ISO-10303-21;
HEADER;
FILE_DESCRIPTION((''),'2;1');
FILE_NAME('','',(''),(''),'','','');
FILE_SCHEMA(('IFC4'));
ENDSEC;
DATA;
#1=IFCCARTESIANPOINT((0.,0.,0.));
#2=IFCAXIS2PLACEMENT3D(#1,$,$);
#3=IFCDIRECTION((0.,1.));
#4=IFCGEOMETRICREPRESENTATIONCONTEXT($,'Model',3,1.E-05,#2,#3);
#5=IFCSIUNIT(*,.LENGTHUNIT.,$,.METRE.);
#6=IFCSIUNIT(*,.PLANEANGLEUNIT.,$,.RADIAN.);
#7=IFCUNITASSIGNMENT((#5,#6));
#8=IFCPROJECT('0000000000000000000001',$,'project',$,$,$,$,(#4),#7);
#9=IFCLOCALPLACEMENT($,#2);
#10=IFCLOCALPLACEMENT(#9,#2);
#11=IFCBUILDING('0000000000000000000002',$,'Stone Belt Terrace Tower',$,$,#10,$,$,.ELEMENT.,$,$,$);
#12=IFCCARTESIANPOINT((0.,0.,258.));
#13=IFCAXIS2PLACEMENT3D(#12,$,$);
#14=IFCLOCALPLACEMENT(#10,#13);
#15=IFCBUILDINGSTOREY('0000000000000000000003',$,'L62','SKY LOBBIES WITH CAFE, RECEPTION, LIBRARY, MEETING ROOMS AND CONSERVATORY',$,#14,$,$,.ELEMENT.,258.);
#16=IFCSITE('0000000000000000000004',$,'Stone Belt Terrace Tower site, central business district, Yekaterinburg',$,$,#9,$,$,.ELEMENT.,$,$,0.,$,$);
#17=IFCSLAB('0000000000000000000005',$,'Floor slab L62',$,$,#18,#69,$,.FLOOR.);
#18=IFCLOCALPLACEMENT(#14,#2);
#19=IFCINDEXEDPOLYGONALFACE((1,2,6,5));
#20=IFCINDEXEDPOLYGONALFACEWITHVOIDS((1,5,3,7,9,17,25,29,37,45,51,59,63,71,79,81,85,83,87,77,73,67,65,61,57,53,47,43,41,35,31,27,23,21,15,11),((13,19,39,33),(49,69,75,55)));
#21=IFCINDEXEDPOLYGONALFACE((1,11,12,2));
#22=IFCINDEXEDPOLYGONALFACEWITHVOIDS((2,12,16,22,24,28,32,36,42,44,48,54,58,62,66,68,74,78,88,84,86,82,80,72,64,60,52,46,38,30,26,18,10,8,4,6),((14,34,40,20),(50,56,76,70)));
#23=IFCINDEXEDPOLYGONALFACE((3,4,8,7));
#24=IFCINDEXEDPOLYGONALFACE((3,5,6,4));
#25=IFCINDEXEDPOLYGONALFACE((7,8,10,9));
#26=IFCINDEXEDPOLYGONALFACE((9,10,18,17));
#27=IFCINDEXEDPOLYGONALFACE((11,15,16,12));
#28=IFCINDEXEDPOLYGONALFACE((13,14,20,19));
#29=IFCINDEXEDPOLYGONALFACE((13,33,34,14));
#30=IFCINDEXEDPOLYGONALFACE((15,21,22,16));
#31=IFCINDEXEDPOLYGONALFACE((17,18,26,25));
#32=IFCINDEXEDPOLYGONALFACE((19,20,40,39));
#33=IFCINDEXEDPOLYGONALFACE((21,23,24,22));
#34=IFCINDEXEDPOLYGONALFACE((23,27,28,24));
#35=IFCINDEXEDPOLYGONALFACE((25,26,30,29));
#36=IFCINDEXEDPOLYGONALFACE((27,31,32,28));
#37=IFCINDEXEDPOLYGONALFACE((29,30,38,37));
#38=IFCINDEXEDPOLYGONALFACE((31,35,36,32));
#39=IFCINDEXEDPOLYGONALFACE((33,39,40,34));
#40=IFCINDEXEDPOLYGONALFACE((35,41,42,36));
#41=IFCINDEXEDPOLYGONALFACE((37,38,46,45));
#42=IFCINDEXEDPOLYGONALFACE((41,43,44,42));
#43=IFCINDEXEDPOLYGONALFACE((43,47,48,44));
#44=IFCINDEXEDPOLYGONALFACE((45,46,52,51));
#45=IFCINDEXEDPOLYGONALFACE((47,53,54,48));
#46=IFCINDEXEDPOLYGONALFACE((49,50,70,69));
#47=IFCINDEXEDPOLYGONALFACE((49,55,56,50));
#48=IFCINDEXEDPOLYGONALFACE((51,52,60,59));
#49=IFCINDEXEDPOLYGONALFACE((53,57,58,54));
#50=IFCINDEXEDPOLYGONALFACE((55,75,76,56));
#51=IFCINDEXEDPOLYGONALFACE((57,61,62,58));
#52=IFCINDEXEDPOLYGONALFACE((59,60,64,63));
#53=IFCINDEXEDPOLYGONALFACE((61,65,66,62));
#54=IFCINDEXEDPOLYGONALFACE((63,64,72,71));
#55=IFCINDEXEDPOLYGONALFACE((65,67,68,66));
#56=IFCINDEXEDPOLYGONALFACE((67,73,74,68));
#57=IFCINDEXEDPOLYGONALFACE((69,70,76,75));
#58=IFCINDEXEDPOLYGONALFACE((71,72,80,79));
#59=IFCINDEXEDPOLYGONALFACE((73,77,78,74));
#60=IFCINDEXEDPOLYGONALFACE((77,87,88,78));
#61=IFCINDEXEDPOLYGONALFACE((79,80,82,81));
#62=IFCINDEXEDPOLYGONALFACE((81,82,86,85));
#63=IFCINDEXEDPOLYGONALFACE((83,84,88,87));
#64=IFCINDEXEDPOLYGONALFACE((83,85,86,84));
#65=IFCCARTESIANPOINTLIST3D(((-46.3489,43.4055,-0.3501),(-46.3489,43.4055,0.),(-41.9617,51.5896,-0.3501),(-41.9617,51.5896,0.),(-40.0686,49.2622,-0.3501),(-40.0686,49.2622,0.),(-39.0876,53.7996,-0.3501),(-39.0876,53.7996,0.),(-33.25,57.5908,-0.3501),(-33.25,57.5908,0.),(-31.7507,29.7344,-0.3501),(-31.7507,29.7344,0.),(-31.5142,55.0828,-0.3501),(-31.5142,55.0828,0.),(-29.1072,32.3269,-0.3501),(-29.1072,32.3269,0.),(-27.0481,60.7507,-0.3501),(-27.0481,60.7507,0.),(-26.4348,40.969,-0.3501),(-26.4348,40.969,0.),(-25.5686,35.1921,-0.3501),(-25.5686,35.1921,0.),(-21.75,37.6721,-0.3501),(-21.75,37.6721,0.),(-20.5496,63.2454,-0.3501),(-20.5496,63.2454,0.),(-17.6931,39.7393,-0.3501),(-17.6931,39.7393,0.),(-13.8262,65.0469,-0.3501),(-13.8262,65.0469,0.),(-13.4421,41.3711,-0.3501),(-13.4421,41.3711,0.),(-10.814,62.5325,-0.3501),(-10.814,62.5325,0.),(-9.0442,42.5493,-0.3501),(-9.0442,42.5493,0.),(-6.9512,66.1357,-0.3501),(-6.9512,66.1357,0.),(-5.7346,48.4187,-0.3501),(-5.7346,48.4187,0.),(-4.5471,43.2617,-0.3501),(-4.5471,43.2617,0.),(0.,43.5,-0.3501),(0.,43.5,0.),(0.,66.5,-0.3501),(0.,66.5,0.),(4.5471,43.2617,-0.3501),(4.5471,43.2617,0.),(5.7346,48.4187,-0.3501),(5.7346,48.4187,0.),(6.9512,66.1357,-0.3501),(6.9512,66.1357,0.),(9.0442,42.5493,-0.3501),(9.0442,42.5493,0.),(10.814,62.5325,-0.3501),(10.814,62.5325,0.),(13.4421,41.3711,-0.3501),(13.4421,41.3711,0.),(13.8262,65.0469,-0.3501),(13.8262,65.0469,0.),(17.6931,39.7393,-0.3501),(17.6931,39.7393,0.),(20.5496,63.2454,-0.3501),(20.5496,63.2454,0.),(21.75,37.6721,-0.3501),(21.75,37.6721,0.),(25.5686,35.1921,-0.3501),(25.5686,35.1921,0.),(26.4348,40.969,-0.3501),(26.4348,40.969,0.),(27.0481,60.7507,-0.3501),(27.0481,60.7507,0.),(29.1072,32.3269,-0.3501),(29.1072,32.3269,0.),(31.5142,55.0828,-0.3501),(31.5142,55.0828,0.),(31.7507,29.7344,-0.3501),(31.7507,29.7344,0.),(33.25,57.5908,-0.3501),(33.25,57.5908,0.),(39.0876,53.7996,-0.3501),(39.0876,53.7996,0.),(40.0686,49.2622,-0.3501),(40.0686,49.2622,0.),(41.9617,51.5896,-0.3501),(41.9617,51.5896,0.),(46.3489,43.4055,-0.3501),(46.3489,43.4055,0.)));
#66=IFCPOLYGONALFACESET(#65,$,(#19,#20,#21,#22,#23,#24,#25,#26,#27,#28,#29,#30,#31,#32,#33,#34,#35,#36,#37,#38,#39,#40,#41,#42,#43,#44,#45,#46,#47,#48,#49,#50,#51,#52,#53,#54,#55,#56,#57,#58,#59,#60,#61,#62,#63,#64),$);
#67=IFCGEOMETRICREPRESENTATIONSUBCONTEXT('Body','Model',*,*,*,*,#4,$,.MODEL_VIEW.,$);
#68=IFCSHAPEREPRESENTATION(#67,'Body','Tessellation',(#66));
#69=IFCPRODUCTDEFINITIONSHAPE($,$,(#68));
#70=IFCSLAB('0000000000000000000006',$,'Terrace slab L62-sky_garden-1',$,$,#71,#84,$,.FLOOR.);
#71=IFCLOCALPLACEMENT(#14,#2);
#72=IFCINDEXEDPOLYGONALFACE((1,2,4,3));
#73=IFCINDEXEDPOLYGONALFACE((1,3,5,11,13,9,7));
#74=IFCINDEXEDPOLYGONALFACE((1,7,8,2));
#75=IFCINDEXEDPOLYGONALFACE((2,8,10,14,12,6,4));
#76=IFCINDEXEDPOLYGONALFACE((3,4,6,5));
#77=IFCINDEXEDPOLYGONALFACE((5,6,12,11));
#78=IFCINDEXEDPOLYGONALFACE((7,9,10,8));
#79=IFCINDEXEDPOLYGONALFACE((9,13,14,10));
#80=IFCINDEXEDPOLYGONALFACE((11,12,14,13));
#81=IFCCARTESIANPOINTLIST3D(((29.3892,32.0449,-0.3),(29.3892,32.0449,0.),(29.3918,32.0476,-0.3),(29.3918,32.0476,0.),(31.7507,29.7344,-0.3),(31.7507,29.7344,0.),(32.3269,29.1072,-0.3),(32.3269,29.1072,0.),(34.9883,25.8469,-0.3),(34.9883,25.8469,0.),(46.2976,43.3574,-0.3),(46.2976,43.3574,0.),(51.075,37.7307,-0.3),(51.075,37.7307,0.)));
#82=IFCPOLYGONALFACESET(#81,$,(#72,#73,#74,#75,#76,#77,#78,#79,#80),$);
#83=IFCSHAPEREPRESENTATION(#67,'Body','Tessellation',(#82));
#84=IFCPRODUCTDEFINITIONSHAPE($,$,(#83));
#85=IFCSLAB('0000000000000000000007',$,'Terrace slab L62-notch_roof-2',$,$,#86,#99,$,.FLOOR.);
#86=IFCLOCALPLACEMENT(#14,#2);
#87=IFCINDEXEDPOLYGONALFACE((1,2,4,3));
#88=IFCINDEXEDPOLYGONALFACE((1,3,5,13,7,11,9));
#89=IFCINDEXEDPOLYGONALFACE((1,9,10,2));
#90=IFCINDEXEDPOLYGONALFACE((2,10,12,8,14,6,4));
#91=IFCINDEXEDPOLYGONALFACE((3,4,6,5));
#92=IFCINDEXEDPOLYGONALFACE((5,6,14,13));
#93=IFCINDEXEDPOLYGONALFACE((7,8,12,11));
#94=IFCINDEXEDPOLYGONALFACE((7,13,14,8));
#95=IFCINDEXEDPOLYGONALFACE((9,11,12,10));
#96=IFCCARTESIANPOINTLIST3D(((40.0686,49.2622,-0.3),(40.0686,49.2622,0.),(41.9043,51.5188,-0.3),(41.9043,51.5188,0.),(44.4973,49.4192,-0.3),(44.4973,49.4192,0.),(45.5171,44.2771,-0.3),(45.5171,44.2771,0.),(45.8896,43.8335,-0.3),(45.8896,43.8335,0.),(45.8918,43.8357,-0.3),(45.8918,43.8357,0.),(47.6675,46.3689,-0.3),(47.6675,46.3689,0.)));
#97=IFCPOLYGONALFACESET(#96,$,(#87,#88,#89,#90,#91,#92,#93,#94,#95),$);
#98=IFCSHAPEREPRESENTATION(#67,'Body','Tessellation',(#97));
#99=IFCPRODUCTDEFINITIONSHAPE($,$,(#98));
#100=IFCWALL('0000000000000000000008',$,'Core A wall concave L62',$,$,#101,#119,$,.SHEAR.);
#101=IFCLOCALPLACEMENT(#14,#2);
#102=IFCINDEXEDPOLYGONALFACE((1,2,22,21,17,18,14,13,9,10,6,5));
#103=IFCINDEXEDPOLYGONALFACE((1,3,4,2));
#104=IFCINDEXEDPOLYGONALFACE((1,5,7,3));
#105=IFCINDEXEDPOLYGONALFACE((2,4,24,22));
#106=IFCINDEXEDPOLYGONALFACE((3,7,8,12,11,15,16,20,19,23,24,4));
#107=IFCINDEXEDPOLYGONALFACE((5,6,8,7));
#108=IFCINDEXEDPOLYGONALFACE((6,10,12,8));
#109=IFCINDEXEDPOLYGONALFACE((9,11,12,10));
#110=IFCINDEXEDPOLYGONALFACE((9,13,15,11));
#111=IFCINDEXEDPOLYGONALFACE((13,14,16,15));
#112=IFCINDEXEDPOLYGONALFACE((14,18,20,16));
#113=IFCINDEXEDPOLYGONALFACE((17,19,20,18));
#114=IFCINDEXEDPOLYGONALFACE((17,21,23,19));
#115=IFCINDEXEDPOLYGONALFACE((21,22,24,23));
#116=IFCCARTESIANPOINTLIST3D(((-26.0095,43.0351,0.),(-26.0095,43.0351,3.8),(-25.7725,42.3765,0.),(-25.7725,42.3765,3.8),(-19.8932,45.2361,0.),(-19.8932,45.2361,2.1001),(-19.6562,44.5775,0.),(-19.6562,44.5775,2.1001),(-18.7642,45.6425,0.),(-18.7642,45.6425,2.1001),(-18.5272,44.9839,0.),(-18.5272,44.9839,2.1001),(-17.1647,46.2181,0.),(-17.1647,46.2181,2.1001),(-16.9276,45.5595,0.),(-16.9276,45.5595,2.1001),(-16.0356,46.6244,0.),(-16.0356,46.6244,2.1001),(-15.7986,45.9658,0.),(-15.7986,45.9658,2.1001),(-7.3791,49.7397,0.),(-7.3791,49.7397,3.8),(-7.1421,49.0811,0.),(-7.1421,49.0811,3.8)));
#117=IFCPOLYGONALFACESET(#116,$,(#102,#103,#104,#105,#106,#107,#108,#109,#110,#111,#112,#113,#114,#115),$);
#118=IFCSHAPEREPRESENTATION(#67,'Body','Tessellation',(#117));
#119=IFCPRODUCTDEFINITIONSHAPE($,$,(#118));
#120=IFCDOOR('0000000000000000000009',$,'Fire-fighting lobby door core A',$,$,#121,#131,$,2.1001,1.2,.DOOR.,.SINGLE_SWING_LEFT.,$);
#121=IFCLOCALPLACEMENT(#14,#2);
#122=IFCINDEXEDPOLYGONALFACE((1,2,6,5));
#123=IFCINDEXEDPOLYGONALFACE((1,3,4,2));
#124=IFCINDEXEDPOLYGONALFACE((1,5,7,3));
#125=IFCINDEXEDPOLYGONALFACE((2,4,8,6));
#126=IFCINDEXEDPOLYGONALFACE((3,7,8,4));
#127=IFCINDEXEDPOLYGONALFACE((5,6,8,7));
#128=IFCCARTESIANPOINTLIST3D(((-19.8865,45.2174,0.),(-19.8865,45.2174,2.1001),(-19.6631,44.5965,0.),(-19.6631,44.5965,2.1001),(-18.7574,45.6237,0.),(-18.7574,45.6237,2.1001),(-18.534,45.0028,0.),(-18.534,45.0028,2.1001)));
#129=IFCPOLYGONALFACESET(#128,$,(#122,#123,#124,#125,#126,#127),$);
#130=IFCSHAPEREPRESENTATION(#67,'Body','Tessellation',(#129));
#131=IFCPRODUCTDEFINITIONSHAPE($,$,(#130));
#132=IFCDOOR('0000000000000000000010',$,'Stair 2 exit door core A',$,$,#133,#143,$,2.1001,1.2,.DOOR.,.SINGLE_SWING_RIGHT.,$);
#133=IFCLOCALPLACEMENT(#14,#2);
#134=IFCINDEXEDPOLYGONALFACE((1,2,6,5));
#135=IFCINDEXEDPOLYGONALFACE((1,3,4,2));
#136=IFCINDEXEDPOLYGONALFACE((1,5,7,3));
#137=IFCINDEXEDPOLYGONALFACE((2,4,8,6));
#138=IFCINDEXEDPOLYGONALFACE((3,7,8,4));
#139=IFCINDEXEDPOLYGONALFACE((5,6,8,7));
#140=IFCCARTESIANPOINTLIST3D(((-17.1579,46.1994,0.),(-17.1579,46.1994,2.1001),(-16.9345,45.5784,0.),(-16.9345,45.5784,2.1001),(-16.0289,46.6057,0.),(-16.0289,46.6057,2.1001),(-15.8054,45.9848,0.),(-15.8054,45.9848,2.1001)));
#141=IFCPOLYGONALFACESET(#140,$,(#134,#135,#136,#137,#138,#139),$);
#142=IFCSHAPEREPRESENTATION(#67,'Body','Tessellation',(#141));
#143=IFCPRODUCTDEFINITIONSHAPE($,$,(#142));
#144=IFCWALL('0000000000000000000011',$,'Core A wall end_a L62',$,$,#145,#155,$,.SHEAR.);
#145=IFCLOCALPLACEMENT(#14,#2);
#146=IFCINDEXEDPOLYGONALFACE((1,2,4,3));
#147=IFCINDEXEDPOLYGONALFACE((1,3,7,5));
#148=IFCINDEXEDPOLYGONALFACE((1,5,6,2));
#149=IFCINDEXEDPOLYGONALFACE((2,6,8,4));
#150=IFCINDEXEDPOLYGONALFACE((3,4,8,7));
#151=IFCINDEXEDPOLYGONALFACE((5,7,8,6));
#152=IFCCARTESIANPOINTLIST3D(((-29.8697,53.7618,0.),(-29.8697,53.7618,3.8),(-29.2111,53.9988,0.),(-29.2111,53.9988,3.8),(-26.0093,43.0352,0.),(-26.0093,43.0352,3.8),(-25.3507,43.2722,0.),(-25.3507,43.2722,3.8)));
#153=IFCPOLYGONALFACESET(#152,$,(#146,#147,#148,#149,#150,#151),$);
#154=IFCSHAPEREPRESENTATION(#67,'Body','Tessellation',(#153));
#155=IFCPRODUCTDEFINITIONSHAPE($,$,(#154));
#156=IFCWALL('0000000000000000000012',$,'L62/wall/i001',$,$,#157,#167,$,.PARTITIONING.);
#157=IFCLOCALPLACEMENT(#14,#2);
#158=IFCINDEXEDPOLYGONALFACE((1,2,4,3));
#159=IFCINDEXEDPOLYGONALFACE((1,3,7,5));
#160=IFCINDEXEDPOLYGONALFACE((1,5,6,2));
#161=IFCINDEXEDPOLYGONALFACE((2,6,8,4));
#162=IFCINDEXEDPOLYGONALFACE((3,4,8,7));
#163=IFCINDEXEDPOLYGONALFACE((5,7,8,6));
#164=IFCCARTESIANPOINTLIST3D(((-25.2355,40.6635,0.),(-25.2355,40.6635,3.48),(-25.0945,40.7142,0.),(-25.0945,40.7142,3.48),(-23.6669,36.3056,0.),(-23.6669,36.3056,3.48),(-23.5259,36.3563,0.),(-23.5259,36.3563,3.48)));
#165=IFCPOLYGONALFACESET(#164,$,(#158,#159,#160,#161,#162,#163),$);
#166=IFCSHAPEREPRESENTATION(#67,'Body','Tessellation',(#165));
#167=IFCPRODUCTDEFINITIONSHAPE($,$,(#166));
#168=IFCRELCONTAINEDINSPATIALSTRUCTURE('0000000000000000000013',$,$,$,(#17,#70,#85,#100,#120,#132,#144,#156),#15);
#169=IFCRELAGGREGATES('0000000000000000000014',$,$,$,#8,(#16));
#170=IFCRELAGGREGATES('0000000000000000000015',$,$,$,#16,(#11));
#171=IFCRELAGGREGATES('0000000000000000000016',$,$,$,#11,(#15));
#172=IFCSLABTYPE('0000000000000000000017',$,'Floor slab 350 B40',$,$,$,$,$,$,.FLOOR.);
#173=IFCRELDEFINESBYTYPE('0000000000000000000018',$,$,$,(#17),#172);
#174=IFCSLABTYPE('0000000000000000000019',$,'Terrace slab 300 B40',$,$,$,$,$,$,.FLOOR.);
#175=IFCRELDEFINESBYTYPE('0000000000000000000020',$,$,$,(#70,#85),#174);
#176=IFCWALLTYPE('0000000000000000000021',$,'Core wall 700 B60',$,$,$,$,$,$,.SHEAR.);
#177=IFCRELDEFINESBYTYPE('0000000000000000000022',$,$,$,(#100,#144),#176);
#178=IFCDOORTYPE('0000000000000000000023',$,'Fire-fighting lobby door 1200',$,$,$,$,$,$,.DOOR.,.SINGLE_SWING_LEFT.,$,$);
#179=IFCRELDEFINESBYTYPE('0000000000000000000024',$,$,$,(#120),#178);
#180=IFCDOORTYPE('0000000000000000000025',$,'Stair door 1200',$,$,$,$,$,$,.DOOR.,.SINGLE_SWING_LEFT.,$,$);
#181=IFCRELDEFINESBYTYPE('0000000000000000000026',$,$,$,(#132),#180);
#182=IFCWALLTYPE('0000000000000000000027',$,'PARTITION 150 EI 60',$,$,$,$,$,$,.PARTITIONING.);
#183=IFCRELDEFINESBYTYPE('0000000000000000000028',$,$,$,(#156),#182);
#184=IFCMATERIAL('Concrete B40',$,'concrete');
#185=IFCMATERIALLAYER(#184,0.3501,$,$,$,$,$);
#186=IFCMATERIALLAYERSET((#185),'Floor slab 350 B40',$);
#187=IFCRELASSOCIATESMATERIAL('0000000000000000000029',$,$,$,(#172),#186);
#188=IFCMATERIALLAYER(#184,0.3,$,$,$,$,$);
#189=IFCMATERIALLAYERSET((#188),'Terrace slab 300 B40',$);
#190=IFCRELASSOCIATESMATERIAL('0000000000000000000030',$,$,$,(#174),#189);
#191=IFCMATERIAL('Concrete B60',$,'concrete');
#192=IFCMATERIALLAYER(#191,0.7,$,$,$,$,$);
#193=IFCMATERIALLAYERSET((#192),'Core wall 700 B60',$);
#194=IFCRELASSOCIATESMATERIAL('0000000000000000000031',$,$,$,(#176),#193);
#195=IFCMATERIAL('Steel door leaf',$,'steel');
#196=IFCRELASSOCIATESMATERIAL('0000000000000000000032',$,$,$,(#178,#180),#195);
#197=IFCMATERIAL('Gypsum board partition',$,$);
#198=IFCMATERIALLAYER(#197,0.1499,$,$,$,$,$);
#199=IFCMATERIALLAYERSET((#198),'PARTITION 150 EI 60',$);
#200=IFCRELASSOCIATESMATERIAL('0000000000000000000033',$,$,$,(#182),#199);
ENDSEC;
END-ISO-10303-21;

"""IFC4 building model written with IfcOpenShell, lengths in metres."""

from ifc_helpers import new_model, si_unit, direction, frame, frame_2d, origin, place, context, subcontext, project, spatial, polyline, rectangle, outline, extrude, material, layer, layer_set, type_object, element, fill, save


model = new_model("IFC4")

# Units and contexts
model_context = context("Model", 3, precision=1e-05, world=origin(), true_north=direction((0.0, 1.0)))
body_context = subcontext(model_context, "Body", "Model", "MODEL_VIEW")
ifc_project = project(units=[si_unit("LENGTHUNIT", "METRE"), si_unit("PLANEANGLEUNIT", "RADIAN")], contexts=[model_context])

# Site, building, storey
site_placement = place(None, origin())
site = spatial("IfcSite", under=ifc_project, at=site_placement, Name="Stone Belt Terrace Tower site, central business district, Yekaterinburg", CompositionType="ELEMENT", RefElevation=0.0)
building_placement = place(site_placement, origin())
building = spatial("IfcBuilding", under=site, at=building_placement, Name="Stone Belt Terrace Tower", CompositionType="ELEMENT")
storey_placement = place(building_placement, frame((0.0, 0.0, 258.0)))
storey = spatial("IfcBuildingStorey", under=building, at=storey_placement, Name="L62", Description="SKY LOBBIES WITH CAFE, RECEPTION, LIBRARY, MEETING ROOMS AND CONSERVATORY", CompositionType="ELEMENT", Elevation=258.0)

# Shared definitions
ifc_material_1 = material(Name="Concrete B60", Category="concrete")

# Slabs
ifc_material_2 = material(Name="Concrete B40", Category="concrete")
ifc_layer_1 = layer(ifc_material_2, 0.3501)
ifc_layer_set_1 = layer_set([ifc_layer_1], Name="Floor slab 350 B40")
slab_type_1 = type_object("IfcSlabType", Name="Floor slab 350 B40", PredefinedType="FLOOR", material=ifc_layer_set_1)
slab_1_placement = place(storey_placement, frame((0.0, 0.0, -0.3501)))
element("IfcSlab", 1, at=slab_1_placement, inside=storey, type_object=slab_type_1, Name="Floor slab L62", PredefinedType="FLOOR", context=body_context, shape_type="SweptSolid", body=[
    extrude(outline(polyline([(-40.0686, 49.2622), (-41.9617, 51.5896), (-39.0876, 53.7996), (-33.25, 57.5908), (-27.0481, 60.7507), (-20.5496, 63.2454), (-13.8262, 65.0469), (-6.9512, 66.1357), (0.0, 66.5), (6.9512, 66.1357), (13.8262, 65.0469), (20.5496, 63.2454), (27.0481, 60.7507), (33.25, 57.5908), (39.0876, 53.7996), (41.9617, 51.5896), (40.0686, 49.2622), (46.3489, 43.4055), (31.7507, 29.7344), (29.1072, 32.3269), (25.5686, 35.1921), (21.75, 37.6721), (17.6931, 39.7393), (13.4421, 41.3711), (9.0442, 42.5493), (4.5471, 43.2617), (0.0, 43.5), (-4.5471, 43.2617), (-9.0442, 42.5493), (-13.4421, 41.3711), (-17.6931, 39.7393), (-21.75, 37.6721), (-25.5686, 35.1921), (-29.1072, 32.3269), (-31.7507, 29.7344), (-46.3489, 43.4055), (-40.0686, 49.2622)]), holes=[polyline([(-10.814, 62.5325), (-31.5142, 55.0828), (-26.4348, 40.969), (-5.7346, 48.4187), (-10.814, 62.5325)]), polyline([(26.4348, 40.969), (31.5142, 55.0828), (10.814, 62.5325), (5.7346, 48.4187), (26.4348, 40.969)])]), origin(), (0.0, 0.0, 1.0), 0.3501),
])
ifc_layer_2 = layer(ifc_material_2, 0.3)
ifc_layer_set_2 = layer_set([ifc_layer_2], Name="Terrace slab 300 B40")
slab_type_2 = type_object("IfcSlabType", Name="Terrace slab 300 B40", PredefinedType="FLOOR", material=ifc_layer_set_2)
slab_2_placement = place(storey_placement, frame((0.0, 0.0, -0.3)))
element("IfcSlab", 2, at=slab_2_placement, inside=storey, type_object=slab_type_2, Name="Terrace slab L62-sky_garden-1", PredefinedType="FLOOR", context=body_context, shape_type="SweptSolid", body=[
    extrude(outline(polyline([(51.075, 37.7307), (46.2976, 43.3574), (31.7507, 29.7344), (29.3918, 32.0476), (29.3892, 32.0449), (32.3269, 29.1072), (34.9883, 25.8469), (51.075, 37.7307)])), origin(), (0.0, 0.0, 1.0), 0.3),
])
slab_3_placement = place(storey_placement, frame((0.0, 0.0, -0.3)))
element("IfcSlab", 3, at=slab_3_placement, inside=storey, type_object=slab_type_2, Name="Terrace slab L62-notch_roof-2", PredefinedType="FLOOR", context=body_context, shape_type="SweptSolid", body=[
    extrude(outline(polyline([(44.4973, 49.4192), (41.9043, 51.5188), (40.0686, 49.2622), (45.8896, 43.8335), (45.8918, 43.8357), (45.5171, 44.2771), (47.6675, 46.3689), (44.4973, 49.4192)])), origin(), (0.0, 0.0, 1.0), 0.3),
])

# Wall, openings, doors
ifc_layer_3 = layer(ifc_material_1, 0.7)
ifc_layer_set_3 = layer_set([ifc_layer_3], Name="Core wall 700 B60")
wall_type_1 = type_object("IfcWallType", Name="Core wall 700 B60", PredefinedType="SHEAR", material=ifc_layer_set_3)
wall_1_placement = place(storey_placement, frame((-25.8909, 42.7058, 0.0), z_axis=(0.0, 0.0, 1.0), x_axis=(0.940925, 0.338615, 0.0)))
wall_1 = element("IfcWall", 4, at=wall_1_placement, inside=storey, type_object=wall_type_1, Name="Core A wall concave L62", PredefinedType="SHEAR", context=body_context, shape_type="SweptSolid", body=[
    extrude(rectangle(XDim=19.8, YDim=0.7, at=frame_2d((9.8999, 0.0))), origin(), (0.0, 0.0, 1.0), 3.8),
])
opening_1_placement = place(wall_1_placement, frame((6.5, 0.0, 0.0)))
opening_1 = element("IfcOpeningElement", 5, at=opening_1_placement, cuts=wall_1, PredefinedType="OPENING", context=body_context, shape_type="SweptSolid", body=[
    extrude(rectangle(XDim=1.2, YDim=2.1001, at=frame_2d((0.6001, 1.05))), frame((0.0, 0.3599, 0.0), z_axis=(0.0, -1.0, 0.0), x_axis=(1.0, 0.0, 0.0)), (0.0, 0.0, 1.0), 0.72),
])
opening_2_placement = place(wall_1_placement, frame((9.3999, 0.0, 0.0)))
opening_2 = element("IfcOpeningElement", 6, at=opening_2_placement, cuts=wall_1, PredefinedType="OPENING", context=body_context, shape_type="SweptSolid", body=[
    extrude(rectangle(XDim=1.2, YDim=2.1001, at=frame_2d((0.6001, 1.05))), frame((0.0, 0.3599, 0.0), z_axis=(0.0, -1.0, 0.0), x_axis=(1.0, 0.0, 0.0)), (0.0, 0.0, 1.0), 0.72),
])
ifc_material_3 = material(Name="Steel door leaf", Category="steel")
door_type_1 = type_object("IfcDoorType", Name="Fire-fighting lobby door 1200", OperationType="SINGLE_SWING_LEFT", PredefinedType="DOOR", material=ifc_material_3)
door_1_placement = place(opening_1_placement, origin())
door_1 = element("IfcDoor", 7, at=door_1_placement, inside=storey, type_object=door_type_1, Name="Fire-fighting lobby door core A", OperationType="SINGLE_SWING_LEFT", OverallHeight=2.1001, OverallWidth=1.2, PredefinedType="DOOR", context=body_context, shape_type="SweptSolid", body=[
    extrude(rectangle(XDim=1.2, YDim=2.1001, at=frame_2d((0.6001, 1.05))), frame((0.0, 0.3301, 0.0), z_axis=(0.0, -1.0, 0.0), x_axis=(1.0, 0.0, 0.0)), (0.0, 0.0, 1.0), 0.6599),
])
fill(opening_1, door_1)
door_type_2 = type_object("IfcDoorType", Name="Stair door 1200", OperationType="SINGLE_SWING_LEFT", PredefinedType="DOOR", material=ifc_material_3)
door_2_placement = place(opening_2_placement, origin())
door_2 = element("IfcDoor", 8, at=door_2_placement, inside=storey, type_object=door_type_2, Name="Stair 2 exit door core A", OperationType="SINGLE_SWING_RIGHT", OverallHeight=2.1001, OverallWidth=1.2, PredefinedType="DOOR", context=body_context, shape_type="SweptSolid", body=[
    extrude(rectangle(XDim=1.2, YDim=2.1001, at=frame_2d((0.6001, 1.05))), frame((0.0, 0.3301, 0.0), z_axis=(0.0, -1.0, 0.0), x_axis=(1.0, 0.0, 0.0)), (0.0, 0.0, 1.0), 0.6599),
])
fill(opening_2, door_2)

# Walls
wall_2_placement = place(storey_placement, frame((-25.6799, 43.1536, 0.0), z_axis=(0.0, 0.0, 1.0), x_axis=(-0.338625, 0.940921, 0.0)))
element("IfcWall", 9, at=wall_2_placement, inside=storey, type_object=wall_type_1, Name="Core A wall end_a L62", PredefinedType="SHEAR", context=body_context, shape_type="SweptSolid", body=[
    extrude(rectangle(XDim=11.4001, YDim=0.7, at=frame_2d((5.7002, 0.0))), origin(), (0.0, 0.0, 1.0), 3.8),
])
ifc_material_4 = material(Name="Gypsum board partition")
ifc_layer_4 = layer(ifc_material_4, 0.1499)
ifc_layer_set_4 = layer_set([ifc_layer_4], Name="PARTITION 150 EI 60")
wall_type_2 = type_object("IfcWallType", Name="PARTITION 150 EI 60", PredefinedType="PARTITIONING", material=ifc_layer_set_4)
wall_3_placement = place(storey_placement, frame((-25.165, 40.689, 0.0), z_axis=(0.0, 0.0, 1.0), x_axis=(0.338673, -0.940904, 0.0)))
element("IfcWall", 10, at=wall_3_placement, inside=storey, type_object=wall_type_2, Name="L62/wall/i001", PredefinedType="PARTITIONING", context=body_context, shape_type="SweptSolid", body=[
    extrude(rectangle(XDim=4.6316, YDim=0.1499, at=frame_2d((2.3159, 0.0))), origin(), (0.0, 0.0, 1.0), 3.48),
])

save(model, "model.ifc")
